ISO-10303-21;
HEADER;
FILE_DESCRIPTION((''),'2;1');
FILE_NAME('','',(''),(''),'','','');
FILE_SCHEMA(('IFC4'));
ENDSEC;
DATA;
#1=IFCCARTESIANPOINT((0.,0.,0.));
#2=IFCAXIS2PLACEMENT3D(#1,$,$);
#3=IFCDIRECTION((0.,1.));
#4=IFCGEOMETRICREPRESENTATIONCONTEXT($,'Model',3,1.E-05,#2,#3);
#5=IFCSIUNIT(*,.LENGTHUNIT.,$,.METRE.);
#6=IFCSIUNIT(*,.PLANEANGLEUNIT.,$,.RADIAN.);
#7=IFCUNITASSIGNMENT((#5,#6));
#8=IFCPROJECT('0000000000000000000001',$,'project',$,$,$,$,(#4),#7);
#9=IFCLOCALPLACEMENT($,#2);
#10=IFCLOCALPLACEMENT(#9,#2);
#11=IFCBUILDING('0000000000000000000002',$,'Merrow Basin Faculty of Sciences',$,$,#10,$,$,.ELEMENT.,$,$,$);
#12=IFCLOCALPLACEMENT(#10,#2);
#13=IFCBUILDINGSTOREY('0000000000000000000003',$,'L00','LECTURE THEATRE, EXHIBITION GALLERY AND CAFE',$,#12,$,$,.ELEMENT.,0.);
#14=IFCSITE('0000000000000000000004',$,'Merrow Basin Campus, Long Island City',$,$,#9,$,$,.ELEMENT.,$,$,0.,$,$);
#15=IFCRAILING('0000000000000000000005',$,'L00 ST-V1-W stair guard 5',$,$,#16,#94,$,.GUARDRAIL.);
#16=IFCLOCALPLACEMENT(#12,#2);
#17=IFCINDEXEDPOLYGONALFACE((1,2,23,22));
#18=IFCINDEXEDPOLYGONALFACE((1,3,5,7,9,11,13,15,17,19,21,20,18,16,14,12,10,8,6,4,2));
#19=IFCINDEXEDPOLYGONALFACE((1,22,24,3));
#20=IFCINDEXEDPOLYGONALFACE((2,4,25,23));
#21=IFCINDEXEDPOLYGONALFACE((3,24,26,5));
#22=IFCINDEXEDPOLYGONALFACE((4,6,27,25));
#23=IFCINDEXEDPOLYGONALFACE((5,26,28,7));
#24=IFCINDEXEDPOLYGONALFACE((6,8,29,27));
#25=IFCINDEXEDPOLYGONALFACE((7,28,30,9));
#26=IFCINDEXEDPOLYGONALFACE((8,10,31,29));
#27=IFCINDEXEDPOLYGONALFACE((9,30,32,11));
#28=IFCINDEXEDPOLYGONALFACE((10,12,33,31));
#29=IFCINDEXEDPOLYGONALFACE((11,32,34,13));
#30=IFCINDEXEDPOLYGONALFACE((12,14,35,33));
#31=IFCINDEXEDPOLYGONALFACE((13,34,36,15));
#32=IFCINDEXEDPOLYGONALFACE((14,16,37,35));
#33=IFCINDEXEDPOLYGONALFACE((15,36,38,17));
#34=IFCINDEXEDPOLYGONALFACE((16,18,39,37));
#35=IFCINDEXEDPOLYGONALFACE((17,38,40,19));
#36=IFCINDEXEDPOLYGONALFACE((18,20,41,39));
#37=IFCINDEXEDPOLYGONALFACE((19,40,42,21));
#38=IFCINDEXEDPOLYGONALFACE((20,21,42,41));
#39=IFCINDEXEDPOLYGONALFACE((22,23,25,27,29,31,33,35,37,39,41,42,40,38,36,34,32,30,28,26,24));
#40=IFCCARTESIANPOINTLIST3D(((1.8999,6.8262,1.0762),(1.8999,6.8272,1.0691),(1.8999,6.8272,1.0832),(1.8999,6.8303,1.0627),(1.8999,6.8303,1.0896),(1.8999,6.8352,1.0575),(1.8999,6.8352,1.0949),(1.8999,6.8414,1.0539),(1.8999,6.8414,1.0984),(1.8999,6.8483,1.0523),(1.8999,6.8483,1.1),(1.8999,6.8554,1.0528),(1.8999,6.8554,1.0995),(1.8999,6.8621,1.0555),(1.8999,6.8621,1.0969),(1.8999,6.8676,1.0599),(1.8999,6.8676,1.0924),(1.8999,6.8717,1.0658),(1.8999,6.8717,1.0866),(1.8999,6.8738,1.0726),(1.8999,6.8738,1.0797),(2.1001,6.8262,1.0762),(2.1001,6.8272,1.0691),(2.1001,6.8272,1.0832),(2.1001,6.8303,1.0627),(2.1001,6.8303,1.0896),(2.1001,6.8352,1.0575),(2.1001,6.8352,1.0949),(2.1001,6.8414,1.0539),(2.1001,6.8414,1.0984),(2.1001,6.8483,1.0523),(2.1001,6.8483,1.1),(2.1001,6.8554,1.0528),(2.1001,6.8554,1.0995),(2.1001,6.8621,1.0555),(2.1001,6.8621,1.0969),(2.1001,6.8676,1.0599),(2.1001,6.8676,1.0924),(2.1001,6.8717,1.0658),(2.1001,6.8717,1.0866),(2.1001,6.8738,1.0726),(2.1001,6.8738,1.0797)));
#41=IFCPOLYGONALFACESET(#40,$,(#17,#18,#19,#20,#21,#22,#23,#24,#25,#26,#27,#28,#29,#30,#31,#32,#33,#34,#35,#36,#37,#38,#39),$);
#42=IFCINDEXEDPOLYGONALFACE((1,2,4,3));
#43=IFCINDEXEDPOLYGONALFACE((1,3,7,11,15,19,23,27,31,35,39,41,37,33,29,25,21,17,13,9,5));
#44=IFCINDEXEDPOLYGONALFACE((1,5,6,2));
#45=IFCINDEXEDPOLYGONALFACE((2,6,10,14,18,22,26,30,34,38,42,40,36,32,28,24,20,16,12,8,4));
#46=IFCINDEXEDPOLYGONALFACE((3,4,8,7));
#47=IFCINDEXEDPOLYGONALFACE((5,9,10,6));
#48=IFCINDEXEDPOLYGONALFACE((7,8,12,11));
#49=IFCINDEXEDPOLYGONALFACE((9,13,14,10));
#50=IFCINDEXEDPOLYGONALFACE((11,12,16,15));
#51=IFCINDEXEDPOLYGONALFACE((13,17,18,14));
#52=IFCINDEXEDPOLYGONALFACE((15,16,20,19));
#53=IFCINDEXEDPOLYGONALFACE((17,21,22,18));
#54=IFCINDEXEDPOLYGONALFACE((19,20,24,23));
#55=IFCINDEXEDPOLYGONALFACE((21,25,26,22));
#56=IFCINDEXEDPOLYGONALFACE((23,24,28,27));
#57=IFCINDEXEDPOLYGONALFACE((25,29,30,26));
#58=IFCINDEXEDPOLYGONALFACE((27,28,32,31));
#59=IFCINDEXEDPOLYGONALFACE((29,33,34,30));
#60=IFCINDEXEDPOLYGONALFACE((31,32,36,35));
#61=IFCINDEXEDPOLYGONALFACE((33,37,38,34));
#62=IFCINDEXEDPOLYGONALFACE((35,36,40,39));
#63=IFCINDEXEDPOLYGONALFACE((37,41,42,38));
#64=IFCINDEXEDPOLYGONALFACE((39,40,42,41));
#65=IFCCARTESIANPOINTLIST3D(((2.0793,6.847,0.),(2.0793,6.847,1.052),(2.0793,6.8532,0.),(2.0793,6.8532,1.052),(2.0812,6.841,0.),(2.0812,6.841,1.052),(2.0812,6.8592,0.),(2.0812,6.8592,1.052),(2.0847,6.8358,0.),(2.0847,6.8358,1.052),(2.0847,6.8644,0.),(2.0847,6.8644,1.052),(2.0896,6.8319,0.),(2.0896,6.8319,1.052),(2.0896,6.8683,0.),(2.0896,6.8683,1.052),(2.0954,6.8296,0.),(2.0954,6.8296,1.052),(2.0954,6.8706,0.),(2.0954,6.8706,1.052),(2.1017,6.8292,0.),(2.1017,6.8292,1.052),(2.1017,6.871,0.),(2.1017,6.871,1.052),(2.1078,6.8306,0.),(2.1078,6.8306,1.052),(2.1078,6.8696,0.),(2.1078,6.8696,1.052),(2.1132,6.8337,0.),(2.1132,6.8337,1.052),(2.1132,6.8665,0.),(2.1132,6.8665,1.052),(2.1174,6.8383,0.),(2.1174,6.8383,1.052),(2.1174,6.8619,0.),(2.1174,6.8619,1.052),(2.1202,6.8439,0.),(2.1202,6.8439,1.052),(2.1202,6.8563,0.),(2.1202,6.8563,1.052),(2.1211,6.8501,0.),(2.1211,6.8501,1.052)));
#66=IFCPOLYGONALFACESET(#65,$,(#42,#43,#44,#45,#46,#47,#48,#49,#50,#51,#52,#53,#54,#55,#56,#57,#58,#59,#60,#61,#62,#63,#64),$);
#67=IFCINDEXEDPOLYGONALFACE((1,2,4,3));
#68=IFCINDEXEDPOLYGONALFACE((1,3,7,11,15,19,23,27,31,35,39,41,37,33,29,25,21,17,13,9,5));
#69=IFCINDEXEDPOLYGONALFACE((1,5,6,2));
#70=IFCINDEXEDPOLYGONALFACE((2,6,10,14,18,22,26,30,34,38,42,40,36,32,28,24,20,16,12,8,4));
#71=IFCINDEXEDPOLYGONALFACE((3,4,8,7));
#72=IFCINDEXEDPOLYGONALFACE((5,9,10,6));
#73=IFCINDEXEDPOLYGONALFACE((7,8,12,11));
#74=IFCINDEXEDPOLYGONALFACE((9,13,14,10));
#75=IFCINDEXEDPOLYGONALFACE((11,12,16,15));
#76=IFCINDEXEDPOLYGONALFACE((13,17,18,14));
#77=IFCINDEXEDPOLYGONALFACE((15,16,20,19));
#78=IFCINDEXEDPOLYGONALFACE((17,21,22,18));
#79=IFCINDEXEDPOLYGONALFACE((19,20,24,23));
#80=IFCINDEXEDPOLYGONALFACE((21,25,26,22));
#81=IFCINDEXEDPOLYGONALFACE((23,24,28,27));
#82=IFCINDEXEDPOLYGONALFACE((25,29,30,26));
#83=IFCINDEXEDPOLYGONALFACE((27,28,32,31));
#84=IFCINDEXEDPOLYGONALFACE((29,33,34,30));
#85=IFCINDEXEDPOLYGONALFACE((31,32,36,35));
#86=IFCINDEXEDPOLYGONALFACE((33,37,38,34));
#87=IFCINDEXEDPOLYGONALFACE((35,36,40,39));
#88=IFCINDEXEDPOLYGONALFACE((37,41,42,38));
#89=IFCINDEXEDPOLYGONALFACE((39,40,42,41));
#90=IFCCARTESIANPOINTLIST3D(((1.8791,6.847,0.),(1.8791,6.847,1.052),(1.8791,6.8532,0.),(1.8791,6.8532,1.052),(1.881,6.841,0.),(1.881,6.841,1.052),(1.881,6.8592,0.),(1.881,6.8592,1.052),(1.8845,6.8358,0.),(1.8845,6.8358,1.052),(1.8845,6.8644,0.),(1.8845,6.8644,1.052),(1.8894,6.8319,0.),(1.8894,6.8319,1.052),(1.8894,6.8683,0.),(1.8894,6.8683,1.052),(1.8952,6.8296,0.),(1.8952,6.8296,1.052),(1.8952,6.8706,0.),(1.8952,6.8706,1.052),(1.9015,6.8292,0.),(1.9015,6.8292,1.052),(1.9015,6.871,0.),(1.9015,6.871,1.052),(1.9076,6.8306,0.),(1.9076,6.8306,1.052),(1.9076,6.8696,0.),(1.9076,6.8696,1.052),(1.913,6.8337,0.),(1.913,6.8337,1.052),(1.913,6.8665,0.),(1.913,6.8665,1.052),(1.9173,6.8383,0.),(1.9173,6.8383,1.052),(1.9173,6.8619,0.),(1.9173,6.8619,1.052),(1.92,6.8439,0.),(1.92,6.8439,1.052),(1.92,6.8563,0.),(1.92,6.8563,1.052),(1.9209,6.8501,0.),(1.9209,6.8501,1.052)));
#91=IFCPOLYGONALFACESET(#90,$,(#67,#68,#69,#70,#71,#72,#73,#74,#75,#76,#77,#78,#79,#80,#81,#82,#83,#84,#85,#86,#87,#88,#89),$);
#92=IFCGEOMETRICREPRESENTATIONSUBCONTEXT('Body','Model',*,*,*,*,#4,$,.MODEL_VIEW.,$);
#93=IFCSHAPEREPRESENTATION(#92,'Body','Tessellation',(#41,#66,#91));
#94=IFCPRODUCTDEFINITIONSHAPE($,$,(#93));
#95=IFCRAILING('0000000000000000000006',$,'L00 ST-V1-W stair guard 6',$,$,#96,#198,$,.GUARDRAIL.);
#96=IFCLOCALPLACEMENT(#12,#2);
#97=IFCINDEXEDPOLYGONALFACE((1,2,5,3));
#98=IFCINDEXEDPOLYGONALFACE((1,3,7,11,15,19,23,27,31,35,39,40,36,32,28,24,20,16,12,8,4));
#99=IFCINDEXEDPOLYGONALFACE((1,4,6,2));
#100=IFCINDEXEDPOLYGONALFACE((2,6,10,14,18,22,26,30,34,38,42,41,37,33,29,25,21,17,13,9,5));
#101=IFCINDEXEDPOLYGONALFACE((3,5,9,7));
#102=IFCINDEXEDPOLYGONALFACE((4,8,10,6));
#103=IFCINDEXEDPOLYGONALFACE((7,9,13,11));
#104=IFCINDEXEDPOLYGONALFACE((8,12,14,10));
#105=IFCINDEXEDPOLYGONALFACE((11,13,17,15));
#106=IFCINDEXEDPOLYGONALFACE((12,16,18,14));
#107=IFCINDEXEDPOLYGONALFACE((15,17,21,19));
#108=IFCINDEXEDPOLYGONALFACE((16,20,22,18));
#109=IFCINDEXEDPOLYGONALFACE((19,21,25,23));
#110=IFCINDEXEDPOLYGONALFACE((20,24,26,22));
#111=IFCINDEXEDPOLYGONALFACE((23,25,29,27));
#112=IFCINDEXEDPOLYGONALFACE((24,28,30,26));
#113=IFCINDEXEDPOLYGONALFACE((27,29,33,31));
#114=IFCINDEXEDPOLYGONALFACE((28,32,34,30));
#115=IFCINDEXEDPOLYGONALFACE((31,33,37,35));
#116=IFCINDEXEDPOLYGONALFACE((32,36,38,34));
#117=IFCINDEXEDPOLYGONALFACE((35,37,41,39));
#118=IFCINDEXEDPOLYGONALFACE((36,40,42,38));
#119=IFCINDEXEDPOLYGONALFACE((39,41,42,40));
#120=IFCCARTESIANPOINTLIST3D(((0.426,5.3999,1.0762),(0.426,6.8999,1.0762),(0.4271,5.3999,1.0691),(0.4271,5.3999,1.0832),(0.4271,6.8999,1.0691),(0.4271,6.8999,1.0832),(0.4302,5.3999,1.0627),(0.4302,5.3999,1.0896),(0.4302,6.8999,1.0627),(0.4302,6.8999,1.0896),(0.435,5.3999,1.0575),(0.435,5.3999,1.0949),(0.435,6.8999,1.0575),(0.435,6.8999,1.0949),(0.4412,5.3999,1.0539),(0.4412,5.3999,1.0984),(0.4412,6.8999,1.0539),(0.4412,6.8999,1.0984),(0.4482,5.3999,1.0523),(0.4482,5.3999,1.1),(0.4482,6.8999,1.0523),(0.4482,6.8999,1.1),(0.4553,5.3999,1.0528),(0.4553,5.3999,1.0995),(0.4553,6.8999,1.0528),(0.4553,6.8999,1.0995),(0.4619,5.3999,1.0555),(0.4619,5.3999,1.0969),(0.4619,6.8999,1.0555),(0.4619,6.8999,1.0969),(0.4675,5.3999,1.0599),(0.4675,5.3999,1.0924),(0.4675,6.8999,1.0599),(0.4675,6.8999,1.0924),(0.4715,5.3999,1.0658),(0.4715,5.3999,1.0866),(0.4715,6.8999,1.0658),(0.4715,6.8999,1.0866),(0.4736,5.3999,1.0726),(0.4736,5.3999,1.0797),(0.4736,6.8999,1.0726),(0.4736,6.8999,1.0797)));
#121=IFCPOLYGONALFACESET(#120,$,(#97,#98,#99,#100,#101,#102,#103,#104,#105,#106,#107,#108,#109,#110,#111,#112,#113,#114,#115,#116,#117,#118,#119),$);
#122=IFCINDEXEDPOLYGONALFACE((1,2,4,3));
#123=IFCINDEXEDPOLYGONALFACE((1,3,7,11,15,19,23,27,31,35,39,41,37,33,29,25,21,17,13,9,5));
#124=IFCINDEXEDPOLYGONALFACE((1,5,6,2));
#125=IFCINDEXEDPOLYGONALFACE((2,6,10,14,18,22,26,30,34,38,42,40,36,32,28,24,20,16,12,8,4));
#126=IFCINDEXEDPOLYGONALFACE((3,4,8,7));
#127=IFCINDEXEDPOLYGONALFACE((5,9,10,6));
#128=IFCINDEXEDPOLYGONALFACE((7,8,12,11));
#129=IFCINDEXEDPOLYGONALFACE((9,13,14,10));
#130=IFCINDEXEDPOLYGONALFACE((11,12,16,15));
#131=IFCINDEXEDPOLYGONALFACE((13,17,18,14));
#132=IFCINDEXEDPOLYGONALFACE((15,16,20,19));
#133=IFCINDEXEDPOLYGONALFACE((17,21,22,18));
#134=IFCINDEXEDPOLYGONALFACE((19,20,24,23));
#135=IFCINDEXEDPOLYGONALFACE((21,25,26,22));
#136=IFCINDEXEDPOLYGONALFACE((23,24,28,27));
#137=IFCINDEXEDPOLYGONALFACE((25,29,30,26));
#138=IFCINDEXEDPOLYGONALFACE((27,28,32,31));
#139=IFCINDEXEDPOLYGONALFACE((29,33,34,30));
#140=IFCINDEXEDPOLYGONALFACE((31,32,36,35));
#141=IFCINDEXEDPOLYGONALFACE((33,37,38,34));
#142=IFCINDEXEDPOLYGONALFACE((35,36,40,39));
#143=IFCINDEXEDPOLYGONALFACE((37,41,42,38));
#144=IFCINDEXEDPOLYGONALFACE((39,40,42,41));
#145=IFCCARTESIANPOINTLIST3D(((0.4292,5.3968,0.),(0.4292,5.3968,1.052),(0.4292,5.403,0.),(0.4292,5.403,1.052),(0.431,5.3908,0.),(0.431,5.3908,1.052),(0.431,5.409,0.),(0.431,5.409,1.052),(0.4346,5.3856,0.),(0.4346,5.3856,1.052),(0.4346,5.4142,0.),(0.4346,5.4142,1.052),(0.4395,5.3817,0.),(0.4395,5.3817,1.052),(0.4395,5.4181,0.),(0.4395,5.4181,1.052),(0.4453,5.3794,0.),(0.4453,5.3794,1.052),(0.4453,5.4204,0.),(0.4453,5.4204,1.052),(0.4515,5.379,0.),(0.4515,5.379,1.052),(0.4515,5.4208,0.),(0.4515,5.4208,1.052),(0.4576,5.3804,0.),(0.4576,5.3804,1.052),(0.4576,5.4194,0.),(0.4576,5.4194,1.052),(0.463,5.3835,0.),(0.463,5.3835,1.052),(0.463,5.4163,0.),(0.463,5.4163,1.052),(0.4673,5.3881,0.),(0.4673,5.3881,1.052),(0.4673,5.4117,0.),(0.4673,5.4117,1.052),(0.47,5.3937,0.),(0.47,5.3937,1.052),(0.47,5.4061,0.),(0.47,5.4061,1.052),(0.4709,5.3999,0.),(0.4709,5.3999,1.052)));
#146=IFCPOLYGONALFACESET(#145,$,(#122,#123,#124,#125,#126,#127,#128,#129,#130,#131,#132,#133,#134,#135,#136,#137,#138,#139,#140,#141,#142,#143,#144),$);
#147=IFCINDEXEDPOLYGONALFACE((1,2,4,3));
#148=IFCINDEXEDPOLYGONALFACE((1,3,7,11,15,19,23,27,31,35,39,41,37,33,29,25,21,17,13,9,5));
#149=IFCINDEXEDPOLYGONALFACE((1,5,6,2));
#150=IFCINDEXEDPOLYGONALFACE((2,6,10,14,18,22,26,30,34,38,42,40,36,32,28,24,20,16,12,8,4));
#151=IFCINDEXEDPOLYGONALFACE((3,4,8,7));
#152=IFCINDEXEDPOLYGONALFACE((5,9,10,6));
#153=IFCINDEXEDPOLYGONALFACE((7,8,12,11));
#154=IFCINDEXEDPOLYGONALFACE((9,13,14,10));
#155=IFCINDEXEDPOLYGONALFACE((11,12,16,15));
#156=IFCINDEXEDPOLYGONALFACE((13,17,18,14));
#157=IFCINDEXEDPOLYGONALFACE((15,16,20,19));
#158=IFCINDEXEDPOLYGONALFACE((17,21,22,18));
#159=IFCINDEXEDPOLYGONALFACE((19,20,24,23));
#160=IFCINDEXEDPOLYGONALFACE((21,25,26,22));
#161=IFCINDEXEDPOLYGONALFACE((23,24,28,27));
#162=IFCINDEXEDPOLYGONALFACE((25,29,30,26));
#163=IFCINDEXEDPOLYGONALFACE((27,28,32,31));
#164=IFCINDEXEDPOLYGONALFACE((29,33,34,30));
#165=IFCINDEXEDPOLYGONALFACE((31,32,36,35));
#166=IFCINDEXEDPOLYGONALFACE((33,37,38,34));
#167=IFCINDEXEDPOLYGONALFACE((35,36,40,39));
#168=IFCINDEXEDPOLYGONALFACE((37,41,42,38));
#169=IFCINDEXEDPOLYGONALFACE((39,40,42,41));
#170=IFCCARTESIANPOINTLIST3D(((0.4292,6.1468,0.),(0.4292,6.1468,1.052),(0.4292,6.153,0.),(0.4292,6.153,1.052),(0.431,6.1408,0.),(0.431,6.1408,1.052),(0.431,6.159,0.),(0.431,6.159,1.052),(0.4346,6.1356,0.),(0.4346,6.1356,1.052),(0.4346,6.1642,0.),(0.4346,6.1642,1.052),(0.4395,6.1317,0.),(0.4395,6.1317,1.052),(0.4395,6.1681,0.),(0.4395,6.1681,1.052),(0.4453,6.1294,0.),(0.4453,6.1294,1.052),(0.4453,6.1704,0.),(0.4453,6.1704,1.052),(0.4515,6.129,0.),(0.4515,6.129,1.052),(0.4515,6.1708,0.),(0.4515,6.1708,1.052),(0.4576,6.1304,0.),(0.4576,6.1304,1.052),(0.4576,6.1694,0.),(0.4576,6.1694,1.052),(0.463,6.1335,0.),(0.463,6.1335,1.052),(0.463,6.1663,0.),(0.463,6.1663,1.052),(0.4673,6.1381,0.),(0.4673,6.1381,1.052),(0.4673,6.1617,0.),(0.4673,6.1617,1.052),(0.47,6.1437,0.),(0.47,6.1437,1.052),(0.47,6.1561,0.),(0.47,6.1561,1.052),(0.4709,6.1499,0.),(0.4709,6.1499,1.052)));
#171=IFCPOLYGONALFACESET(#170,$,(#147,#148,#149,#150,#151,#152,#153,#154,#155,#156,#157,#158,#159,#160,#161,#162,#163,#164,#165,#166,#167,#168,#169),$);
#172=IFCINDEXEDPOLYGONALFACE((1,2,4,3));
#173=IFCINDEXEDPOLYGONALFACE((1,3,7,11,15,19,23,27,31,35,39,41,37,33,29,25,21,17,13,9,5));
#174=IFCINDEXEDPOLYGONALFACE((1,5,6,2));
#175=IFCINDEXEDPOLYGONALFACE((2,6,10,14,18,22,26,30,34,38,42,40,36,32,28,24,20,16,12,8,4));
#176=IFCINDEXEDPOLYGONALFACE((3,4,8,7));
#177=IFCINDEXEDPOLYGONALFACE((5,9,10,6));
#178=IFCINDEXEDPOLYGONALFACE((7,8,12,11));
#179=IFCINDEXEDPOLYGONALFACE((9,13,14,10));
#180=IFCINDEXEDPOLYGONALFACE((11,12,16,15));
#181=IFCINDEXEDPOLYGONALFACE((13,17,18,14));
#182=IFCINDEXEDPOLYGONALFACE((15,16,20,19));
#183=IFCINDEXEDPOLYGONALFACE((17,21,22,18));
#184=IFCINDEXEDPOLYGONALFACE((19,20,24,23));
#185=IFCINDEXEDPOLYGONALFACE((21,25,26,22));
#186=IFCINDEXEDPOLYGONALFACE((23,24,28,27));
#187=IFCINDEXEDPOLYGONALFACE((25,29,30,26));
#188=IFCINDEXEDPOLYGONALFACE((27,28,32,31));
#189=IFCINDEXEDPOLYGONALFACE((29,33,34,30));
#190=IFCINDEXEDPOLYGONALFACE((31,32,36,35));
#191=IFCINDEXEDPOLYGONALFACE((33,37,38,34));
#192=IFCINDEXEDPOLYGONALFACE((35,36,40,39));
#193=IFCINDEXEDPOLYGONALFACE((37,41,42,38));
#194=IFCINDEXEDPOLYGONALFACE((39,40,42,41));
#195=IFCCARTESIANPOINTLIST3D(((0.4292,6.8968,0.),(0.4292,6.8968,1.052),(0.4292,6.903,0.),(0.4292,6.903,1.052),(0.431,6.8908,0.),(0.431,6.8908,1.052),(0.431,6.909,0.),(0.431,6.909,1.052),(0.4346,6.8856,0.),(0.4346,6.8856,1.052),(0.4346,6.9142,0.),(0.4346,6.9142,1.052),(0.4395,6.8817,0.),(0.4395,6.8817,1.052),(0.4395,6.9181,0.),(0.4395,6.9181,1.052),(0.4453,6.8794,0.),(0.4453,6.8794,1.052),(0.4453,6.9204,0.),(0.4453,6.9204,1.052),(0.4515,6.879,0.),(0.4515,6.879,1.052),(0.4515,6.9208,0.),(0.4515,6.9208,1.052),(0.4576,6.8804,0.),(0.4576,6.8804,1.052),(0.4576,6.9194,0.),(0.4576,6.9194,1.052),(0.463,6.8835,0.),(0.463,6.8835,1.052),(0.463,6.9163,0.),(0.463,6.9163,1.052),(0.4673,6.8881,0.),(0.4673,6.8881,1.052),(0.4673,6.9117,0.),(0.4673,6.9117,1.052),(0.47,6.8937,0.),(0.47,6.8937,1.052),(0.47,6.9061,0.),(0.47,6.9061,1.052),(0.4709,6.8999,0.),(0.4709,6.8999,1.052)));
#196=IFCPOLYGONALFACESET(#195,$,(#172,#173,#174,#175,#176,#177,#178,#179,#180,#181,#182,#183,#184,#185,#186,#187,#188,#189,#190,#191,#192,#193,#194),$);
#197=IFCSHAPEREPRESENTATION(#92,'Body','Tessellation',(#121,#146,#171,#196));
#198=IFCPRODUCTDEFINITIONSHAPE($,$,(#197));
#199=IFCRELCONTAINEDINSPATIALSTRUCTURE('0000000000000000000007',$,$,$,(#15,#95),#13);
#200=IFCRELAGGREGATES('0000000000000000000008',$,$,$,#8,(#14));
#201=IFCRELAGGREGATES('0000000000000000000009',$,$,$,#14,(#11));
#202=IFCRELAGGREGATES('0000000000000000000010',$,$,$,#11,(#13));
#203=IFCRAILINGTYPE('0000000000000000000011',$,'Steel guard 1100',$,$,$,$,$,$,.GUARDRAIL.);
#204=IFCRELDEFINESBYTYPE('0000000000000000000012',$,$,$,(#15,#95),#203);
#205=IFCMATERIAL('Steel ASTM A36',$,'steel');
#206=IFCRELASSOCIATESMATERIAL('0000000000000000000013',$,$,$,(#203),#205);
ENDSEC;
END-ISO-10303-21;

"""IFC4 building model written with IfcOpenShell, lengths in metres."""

from ifc_helpers import new_model, si_unit, direction, frame, origin, origin_2d, place, context, subcontext, project, spatial, circle, extrude, material, type_object, element, save


model = new_model("IFC4")

# Units and contexts
model_context = context("Model", 3, precision=1e-05, world=origin(), true_north=direction((0.0, 1.0)))
body_context = subcontext(model_context, "Body", "Model", "MODEL_VIEW")
ifc_project = project(units=[si_unit("LENGTHUNIT", "METRE"), si_unit("PLANEANGLEUNIT", "RADIAN")], contexts=[model_context])

# Site, building, storey
site_placement = place(None, origin())
site = spatial("IfcSite", under=ifc_project, at=site_placement, Name="Merrow Basin Campus, Long Island City", CompositionType="ELEMENT", RefElevation=0.0)
building_placement = place(site_placement, origin())
building = spatial("IfcBuilding", under=site, at=building_placement, Name="Merrow Basin Faculty of Sciences", CompositionType="ELEMENT")
storey_placement = place(building_placement, origin())
storey = spatial("IfcBuildingStorey", under=building, at=storey_placement, Name="L00", Description="LECTURE THEATRE, EXHIBITION GALLERY AND CAFE", CompositionType="ELEMENT", Elevation=0.0)

# Railings
ifc_material_1 = material(Name="Steel ASTM A36", Category="steel")
railing_type_1 = type_object("IfcRailingType", Name="Steel guard 1100", PredefinedType="GUARDRAIL", material=ifc_material_1)
railing_1_placement = place(storey_placement, frame((2.1001, 6.8501, 0.0)))
element("IfcRailing", 1, at=railing_1_placement, inside=storey, type_object=railing_type_1, Name="L00 ST-V1-W stair guard 5", PredefinedType="GUARDRAIL", context=body_context, shape_type="SweptSolid", body=[
    extrude(circle(Radius=0.0239, at=origin_2d()), frame((0.0, 0.0, 1.0762), z_axis=(-1.0, 0.0, 0.0), x_axis=(0.0, -1.0, 0.0)), (0.0, 0.0, 1.0), 0.2002),
    extrude(circle(Radius=0.021, at=origin_2d()), origin(), (0.0, 0.0, 1.0), 1.052),
    extrude(circle(Radius=0.021, at=origin_2d()), frame((-0.2002, 0.0, 0.0)), (0.0, 0.0, 1.0), 1.052),
])
railing_2_placement = place(storey_placement, frame((0.45, 5.3999, 0.0)))
element("IfcRailing", 2, at=railing_2_placement, inside=storey, type_object=railing_type_1, Name="L00 ST-V1-W stair guard 6", PredefinedType="GUARDRAIL", context=body_context, shape_type="SweptSolid", body=[
    extrude(circle(Radius=0.0239, at=origin_2d()), frame((0.0, 0.0, 1.0762), z_axis=(0.0, 1.0, 0.0), x_axis=(-1.0, 0.0, 0.0)), (0.0, 0.0, 1.0), 1.5),
    extrude(circle(Radius=0.021, at=origin_2d()), origin(), (0.0, 0.0, 1.0), 1.052),
    extrude(circle(Radius=0.021, at=origin_2d()), frame((0.0, 0.75, 0.0)), (0.0, 0.0, 1.0), 1.052),
    extrude(circle(Radius=0.021, at=origin_2d()), frame((0.0, 1.5, 0.0)), (0.0, 0.0, 1.0), 1.052),
])

save(model, "model.ifc")
